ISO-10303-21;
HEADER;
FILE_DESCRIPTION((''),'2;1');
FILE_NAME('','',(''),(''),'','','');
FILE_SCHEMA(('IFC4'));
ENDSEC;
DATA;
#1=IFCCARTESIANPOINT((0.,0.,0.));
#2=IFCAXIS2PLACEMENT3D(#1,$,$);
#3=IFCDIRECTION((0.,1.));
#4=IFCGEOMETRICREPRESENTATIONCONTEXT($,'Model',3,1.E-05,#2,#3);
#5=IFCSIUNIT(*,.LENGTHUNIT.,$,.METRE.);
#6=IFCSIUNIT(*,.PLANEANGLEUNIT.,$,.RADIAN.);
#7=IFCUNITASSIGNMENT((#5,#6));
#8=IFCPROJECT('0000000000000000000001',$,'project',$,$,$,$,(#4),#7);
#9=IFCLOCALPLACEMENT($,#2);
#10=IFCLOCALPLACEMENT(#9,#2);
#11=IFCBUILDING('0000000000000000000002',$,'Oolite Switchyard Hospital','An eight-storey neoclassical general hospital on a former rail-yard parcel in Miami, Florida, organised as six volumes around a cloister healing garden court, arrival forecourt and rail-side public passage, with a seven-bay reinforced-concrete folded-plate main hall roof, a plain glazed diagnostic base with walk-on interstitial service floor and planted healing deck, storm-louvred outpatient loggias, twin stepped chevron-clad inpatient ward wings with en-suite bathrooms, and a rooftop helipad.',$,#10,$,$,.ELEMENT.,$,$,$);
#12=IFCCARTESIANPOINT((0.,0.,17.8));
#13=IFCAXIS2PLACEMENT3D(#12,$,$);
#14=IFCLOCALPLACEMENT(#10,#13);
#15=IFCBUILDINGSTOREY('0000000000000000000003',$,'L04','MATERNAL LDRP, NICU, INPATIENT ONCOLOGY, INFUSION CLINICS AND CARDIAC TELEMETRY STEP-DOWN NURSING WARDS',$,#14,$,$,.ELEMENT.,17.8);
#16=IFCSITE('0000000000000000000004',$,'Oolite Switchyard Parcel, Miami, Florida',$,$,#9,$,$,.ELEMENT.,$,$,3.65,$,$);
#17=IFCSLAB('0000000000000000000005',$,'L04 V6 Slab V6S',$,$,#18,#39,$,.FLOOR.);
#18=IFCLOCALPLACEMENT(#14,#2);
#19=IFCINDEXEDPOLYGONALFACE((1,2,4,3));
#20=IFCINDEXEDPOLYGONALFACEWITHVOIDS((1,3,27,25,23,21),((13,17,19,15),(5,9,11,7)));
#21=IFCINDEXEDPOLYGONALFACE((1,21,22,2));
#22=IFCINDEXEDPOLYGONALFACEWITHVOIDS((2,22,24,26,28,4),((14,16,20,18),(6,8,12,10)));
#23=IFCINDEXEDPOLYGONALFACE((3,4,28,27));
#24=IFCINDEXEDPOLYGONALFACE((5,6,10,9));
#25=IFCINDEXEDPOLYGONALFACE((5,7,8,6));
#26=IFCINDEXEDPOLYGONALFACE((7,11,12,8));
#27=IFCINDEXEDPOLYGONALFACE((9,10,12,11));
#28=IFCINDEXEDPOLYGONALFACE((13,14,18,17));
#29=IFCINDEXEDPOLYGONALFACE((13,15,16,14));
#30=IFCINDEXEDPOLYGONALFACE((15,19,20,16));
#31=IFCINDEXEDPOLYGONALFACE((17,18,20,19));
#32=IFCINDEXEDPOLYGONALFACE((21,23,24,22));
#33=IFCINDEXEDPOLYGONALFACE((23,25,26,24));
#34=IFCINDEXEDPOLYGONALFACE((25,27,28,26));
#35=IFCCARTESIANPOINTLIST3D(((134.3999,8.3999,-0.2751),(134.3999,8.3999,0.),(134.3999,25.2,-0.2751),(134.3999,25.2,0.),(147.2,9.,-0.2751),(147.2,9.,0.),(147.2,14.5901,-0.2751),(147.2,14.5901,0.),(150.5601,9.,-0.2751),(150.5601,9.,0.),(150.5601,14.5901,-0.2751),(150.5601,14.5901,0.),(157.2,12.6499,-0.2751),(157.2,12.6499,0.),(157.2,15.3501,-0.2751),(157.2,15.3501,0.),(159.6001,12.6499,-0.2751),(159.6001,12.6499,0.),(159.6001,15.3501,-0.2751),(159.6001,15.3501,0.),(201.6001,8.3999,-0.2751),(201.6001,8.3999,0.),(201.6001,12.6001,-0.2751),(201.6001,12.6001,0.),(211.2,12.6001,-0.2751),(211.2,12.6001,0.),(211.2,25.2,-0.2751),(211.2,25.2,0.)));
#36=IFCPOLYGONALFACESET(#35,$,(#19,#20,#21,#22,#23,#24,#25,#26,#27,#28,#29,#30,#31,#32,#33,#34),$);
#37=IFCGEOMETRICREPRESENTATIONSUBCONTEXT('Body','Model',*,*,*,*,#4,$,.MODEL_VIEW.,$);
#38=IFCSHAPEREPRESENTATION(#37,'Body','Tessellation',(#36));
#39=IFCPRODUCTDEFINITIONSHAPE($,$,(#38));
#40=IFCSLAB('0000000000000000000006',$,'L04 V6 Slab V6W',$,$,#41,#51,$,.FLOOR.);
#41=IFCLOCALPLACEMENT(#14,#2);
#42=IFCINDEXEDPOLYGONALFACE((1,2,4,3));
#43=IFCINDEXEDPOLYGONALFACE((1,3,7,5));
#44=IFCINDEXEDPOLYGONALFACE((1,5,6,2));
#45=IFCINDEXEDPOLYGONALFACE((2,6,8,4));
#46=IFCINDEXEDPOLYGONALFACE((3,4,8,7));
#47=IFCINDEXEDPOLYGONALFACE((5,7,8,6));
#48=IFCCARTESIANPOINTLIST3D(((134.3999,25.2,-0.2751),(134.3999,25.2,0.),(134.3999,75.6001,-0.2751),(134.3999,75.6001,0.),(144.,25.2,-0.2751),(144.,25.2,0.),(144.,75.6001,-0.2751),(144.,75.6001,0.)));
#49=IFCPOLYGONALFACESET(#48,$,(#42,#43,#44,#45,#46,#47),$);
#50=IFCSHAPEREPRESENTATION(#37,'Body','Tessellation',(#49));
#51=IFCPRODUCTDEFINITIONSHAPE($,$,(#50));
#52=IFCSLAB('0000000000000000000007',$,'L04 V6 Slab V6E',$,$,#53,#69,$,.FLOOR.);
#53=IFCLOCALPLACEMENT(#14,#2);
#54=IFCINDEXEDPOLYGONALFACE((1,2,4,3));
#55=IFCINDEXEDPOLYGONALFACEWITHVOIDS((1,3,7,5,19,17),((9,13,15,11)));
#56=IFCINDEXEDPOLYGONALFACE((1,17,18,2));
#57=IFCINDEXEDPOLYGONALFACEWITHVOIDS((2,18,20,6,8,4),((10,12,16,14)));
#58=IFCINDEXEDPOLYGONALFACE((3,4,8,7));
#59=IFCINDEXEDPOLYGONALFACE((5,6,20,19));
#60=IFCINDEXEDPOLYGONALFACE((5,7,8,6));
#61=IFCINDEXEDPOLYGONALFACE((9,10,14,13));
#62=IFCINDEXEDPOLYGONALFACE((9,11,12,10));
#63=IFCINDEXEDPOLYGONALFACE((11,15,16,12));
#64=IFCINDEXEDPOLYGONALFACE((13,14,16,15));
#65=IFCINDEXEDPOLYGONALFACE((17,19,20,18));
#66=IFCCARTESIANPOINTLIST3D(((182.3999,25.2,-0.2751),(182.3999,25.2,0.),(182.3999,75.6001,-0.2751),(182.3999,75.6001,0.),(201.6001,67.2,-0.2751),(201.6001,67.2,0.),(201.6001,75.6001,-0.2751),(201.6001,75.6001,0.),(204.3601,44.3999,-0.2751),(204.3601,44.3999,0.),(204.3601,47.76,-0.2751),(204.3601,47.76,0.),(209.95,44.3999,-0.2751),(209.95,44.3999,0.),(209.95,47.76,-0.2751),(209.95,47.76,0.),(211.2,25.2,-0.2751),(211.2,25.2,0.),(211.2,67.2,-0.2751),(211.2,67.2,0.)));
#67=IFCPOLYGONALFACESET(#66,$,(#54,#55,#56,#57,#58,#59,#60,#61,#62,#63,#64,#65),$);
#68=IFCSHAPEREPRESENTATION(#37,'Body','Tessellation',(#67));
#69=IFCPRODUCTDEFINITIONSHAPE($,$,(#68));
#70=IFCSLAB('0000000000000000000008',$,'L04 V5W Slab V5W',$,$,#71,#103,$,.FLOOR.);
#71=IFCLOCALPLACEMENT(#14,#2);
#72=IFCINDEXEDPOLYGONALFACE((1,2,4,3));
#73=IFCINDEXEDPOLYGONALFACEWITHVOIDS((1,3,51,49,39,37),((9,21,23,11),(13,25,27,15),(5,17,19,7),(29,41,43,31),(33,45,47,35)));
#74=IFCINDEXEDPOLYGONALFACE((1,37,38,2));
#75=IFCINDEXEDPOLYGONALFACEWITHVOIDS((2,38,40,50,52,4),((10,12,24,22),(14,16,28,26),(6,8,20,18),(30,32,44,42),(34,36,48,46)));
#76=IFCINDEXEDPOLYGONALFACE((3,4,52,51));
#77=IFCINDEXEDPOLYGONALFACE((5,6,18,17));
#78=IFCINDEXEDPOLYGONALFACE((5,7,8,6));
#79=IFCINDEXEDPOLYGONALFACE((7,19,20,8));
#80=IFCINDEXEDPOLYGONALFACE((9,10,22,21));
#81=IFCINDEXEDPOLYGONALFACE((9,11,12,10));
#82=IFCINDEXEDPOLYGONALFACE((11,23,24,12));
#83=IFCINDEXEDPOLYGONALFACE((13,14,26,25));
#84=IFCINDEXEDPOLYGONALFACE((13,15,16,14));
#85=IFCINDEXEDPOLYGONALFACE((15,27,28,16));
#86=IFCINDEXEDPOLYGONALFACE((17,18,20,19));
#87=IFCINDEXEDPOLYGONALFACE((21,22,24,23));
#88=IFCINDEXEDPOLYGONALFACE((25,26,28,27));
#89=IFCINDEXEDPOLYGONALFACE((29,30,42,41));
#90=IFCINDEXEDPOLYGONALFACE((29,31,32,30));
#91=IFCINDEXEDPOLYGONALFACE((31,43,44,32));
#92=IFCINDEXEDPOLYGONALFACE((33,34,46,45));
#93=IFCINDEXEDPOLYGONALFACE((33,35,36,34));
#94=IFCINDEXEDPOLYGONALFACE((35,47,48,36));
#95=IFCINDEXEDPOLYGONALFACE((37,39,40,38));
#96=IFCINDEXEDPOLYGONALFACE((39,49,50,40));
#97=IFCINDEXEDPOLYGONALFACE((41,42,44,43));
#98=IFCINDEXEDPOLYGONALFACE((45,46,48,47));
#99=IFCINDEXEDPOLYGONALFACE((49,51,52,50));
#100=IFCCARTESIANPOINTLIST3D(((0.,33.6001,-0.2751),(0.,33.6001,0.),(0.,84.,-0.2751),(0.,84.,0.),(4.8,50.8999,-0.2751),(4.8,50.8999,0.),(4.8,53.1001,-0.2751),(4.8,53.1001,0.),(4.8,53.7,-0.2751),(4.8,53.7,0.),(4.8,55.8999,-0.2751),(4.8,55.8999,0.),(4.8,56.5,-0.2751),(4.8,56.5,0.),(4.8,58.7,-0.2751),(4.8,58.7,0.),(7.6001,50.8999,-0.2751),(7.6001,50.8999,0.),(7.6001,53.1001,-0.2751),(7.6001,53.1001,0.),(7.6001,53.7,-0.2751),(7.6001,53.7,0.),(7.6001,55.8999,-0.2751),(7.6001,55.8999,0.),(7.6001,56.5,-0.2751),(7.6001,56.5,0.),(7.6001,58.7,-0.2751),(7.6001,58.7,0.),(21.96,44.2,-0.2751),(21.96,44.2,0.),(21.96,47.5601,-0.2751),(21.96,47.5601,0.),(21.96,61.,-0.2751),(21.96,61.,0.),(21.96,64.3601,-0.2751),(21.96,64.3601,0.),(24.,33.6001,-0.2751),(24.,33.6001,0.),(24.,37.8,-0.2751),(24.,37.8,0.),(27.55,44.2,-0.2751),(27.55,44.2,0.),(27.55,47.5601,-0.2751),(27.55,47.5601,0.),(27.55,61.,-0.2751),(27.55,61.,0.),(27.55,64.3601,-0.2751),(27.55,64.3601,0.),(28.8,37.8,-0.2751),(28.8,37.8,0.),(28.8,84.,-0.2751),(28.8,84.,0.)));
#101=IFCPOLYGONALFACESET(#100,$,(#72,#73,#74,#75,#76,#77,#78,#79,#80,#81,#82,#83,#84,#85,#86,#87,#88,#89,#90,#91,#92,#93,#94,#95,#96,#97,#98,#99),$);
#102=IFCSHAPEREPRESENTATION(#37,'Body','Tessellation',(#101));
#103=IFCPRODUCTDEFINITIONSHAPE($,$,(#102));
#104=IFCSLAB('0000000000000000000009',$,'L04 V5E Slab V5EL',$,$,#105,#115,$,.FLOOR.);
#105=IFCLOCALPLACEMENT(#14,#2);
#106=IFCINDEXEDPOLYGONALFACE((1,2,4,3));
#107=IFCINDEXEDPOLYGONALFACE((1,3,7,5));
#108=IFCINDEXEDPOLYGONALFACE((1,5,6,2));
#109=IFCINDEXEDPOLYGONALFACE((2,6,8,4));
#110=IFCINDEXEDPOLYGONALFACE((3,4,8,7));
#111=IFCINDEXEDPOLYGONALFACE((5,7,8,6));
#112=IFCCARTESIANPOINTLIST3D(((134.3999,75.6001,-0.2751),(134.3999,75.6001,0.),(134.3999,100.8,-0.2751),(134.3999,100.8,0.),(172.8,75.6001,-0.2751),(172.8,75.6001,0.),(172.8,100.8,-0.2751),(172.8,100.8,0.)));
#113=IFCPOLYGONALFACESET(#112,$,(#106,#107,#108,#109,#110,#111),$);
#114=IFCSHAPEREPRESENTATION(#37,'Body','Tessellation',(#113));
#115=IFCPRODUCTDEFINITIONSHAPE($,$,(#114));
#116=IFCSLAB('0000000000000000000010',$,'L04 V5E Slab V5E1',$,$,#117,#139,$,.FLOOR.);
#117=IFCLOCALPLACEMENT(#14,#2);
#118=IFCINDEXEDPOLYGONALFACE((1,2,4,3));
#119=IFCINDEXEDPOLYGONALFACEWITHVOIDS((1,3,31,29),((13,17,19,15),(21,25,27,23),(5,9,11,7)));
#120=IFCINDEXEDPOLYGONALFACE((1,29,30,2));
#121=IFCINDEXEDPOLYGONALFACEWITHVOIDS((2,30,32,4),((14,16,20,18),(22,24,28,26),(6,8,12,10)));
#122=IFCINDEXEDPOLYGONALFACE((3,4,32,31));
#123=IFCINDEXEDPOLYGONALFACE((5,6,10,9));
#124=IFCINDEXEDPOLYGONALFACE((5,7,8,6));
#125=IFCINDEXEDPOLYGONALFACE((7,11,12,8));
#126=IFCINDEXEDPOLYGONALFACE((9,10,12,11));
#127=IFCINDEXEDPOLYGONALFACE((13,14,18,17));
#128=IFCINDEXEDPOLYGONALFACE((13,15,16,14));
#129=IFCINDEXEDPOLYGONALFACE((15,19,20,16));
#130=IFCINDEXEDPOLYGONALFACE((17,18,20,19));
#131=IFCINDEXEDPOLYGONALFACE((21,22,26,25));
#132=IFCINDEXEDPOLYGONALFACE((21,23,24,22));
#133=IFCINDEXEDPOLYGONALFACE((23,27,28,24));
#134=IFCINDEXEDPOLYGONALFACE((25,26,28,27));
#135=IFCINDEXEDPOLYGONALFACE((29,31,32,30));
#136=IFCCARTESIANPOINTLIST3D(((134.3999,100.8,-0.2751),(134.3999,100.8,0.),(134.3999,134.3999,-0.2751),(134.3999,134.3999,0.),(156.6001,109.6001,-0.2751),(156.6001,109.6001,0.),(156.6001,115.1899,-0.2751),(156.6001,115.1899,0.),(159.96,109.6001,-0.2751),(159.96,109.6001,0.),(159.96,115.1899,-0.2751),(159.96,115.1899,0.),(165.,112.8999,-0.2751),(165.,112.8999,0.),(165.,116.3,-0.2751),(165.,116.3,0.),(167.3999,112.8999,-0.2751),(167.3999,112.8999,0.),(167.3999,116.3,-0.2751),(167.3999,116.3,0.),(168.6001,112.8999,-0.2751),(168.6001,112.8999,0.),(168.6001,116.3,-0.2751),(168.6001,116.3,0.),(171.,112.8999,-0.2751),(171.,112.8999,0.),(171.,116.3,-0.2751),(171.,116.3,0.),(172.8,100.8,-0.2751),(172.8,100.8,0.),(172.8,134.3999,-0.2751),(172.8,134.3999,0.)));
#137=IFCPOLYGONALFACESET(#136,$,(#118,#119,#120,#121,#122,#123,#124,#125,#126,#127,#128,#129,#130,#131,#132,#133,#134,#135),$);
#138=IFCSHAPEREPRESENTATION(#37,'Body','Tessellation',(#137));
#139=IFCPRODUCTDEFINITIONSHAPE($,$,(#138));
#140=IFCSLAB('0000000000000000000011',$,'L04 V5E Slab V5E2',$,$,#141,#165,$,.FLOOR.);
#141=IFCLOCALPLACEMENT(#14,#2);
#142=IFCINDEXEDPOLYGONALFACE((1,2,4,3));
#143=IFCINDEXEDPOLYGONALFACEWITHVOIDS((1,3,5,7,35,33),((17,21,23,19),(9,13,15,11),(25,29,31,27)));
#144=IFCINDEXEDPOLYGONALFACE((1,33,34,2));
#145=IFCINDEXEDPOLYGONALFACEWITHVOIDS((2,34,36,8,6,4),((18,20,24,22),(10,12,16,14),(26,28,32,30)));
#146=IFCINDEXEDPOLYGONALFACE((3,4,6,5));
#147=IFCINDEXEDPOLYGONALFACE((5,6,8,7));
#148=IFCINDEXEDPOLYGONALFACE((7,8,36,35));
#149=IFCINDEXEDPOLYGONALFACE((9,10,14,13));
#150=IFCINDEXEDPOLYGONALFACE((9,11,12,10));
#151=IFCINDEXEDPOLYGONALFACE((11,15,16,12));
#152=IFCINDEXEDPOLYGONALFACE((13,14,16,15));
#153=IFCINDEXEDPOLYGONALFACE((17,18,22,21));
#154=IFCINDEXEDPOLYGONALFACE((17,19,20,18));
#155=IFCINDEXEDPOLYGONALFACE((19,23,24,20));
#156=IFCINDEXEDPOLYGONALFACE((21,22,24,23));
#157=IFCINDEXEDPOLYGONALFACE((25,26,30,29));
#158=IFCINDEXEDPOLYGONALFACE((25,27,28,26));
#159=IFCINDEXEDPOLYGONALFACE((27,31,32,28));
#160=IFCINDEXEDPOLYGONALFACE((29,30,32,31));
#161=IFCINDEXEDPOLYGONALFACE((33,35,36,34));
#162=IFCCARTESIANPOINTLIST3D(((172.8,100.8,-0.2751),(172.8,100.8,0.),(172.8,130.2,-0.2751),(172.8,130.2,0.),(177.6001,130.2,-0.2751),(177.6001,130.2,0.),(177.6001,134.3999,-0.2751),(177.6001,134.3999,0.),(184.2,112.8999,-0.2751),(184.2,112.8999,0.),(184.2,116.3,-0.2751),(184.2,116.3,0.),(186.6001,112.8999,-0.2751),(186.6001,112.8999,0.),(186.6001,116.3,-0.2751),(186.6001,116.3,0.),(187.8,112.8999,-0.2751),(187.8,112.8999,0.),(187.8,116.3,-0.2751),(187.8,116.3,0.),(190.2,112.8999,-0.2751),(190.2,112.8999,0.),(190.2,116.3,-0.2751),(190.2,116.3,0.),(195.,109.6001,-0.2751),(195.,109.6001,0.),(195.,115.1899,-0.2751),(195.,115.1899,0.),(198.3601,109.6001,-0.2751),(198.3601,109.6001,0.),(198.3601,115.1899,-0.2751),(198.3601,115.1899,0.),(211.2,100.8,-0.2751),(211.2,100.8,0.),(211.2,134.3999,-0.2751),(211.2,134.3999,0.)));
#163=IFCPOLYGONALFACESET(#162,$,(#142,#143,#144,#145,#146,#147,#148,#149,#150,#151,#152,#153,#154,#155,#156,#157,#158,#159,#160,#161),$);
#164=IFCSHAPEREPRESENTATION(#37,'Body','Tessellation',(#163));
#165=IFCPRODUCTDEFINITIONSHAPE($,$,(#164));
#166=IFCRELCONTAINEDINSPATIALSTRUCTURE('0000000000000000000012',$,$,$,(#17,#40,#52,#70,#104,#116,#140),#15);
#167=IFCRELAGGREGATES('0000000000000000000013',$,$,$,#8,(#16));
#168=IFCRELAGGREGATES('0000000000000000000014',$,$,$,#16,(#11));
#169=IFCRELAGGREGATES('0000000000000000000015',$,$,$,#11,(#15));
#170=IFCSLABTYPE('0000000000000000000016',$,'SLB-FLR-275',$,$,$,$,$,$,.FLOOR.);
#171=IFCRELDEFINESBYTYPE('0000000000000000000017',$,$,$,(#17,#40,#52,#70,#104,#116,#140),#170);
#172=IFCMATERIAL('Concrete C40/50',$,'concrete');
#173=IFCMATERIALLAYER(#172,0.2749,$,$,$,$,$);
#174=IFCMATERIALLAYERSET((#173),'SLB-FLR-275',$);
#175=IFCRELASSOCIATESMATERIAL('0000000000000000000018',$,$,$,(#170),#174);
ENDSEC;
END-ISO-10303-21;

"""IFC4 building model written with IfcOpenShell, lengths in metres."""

from ifc_helpers import new_model, si_unit, direction, frame, origin, place, context, subcontext, project, spatial, polyline, outline, extrude, material, layer, layer_set, type_object, element, save


model = new_model("IFC4")

# Units and contexts
model_context = context("Model", 3, precision=1e-05, world=origin(), true_north=direction((0.0, 1.0)))
body_context = subcontext(model_context, "Body", "Model", "MODEL_VIEW")
ifc_project = project(units=[si_unit("LENGTHUNIT", "METRE"), si_unit("PLANEANGLEUNIT", "RADIAN")], contexts=[model_context])

# Site, building, storey
site_placement = place(None, origin())
site = spatial("IfcSite", under=ifc_project, at=site_placement, Name="Oolite Switchyard Parcel, Miami, Florida", CompositionType="ELEMENT", RefElevation=3.65)
building_placement = place(site_placement, origin())
building = spatial("IfcBuilding", under=site, at=building_placement, Name="Oolite Switchyard Hospital", Description="An eight-storey neoclassical general hospital on a former rail-yard parcel in Miami, Florida, organised as six volumes around a cloister healing garden court, arrival forecourt and rail-side public passage, with a seven-bay reinforced-concrete folded-plate main hall roof, a plain glazed diagnostic base with walk-on interstitial service floor and planted healing deck, storm-louvred outpatient loggias, twin stepped chevron-clad inpatient ward wings with en-suite bathrooms, and a rooftop helipad.", CompositionType="ELEMENT")
storey_placement = place(building_placement, frame((0.0, 0.0, 17.8)))
storey = spatial("IfcBuildingStorey", under=building, at=storey_placement, Name="L04", Description="MATERNAL LDRP, NICU, INPATIENT ONCOLOGY, INFUSION CLINICS AND CARDIAC TELEMETRY STEP-DOWN NURSING WARDS", CompositionType="ELEMENT", Elevation=17.8)

# Slabs
ifc_material_1 = material(Name="Concrete C40/50", Category="concrete")
ifc_layer_1 = layer(ifc_material_1, 0.2749)
ifc_layer_set_1 = layer_set([ifc_layer_1], Name="SLB-FLR-275")
slab_type_1 = type_object("IfcSlabType", Name="SLB-FLR-275", PredefinedType="FLOOR", material=ifc_layer_set_1)
slab_1_placement = place(storey_placement, frame((0.0, 0.0, -0.2751)))
element("IfcSlab", 1, at=slab_1_placement, inside=storey, type_object=slab_type_1, Name="L04 V6 Slab V6S", PredefinedType="FLOOR", context=body_context, shape_type="SweptSolid", body=[
    extrude(outline(polyline([(134.3999, 8.3999), (201.6001, 8.3999), (201.6001, 12.6001), (211.2, 12.6001), (211.2, 25.2), (134.3999, 25.2), (134.3999, 8.3999)]), holes=[polyline([(147.2, 14.5901), (147.2, 9.0), (150.5601, 9.0), (150.5601, 14.5901), (147.2, 14.5901)]), polyline([(157.2, 12.6499), (159.6001, 12.6499), (159.6001, 15.3501), (157.2, 15.3501), (157.2, 12.6499)])]), origin(), (0.0, 0.0, 1.0), 0.2751),
])
slab_2_placement = place(storey_placement, frame((0.0, 0.0, -0.2751)))
element("IfcSlab", 2, at=slab_2_placement, inside=storey, type_object=slab_type_1, Name="L04 V6 Slab V6W", PredefinedType="FLOOR", context=body_context, shape_type="SweptSolid", body=[
    extrude(outline(polyline([(134.3999, 25.2), (144.0, 25.2), (144.0, 75.6001), (134.3999, 75.6001), (134.3999, 25.2)])), origin(), (0.0, 0.0, 1.0), 0.2751),
])
slab_3_placement = place(storey_placement, frame((0.0, 0.0, -0.2751)))
element("IfcSlab", 3, at=slab_3_placement, inside=storey, type_object=slab_type_1, Name="L04 V6 Slab V6E", PredefinedType="FLOOR", context=body_context, shape_type="SweptSolid", body=[
    extrude(outline(polyline([(182.3999, 25.2), (211.2, 25.2), (211.2, 67.2), (201.6001, 67.2), (201.6001, 75.6001), (182.3999, 75.6001), (182.3999, 25.2)]), holes=[polyline([(204.3601, 44.3999), (209.95, 44.3999), (209.95, 47.76), (204.3601, 47.76), (204.3601, 44.3999)])]), origin(), (0.0, 0.0, 1.0), 0.2751),
])
slab_4_placement = place(storey_placement, frame((0.0, 0.0, -0.2751)))
element("IfcSlab", 4, at=slab_4_placement, inside=storey, type_object=slab_type_1, Name="L04 V5W Slab V5W", PredefinedType="FLOOR", context=body_context, shape_type="SweptSolid", body=[
    extrude(outline(polyline([(0.0, 33.6001), (24.0, 33.6001), (24.0, 37.8), (28.8, 37.8), (28.8, 84.0), (0.0, 84.0), (0.0, 33.6001)]), holes=[polyline([(21.96, 44.2), (27.55, 44.2), (27.55, 47.5601), (21.96, 47.5601), (21.96, 44.2)]), polyline([(21.96, 61.0), (27.55, 61.0), (27.55, 64.3601), (21.96, 64.3601), (21.96, 61.0)]), polyline([(4.8, 50.8999), (7.6001, 50.8999), (7.6001, 53.1001), (4.8, 53.1001), (4.8, 50.8999)]), polyline([(4.8, 53.7), (7.6001, 53.7), (7.6001, 55.8999), (4.8, 55.8999), (4.8, 53.7)]), polyline([(4.8, 56.5), (7.6001, 56.5), (7.6001, 58.7), (4.8, 58.7), (4.8, 56.5)])]), origin(), (0.0, 0.0, 1.0), 0.2751),
])
slab_5_placement = place(storey_placement, frame((0.0, 0.0, -0.2751)))
element("IfcSlab", 5, at=slab_5_placement, inside=storey, type_object=slab_type_1, Name="L04 V5E Slab V5EL", PredefinedType="FLOOR", context=body_context, shape_type="SweptSolid", body=[
    extrude(outline(polyline([(134.3999, 75.6001), (172.8, 75.6001), (172.8, 100.8), (134.3999, 100.8), (134.3999, 75.6001)])), origin(), (0.0, 0.0, 1.0), 0.2751),
])
slab_6_placement = place(storey_placement, frame((0.0, 0.0, -0.2751)))
element("IfcSlab", 6, at=slab_6_placement, inside=storey, type_object=slab_type_1, Name="L04 V5E Slab V5E1", PredefinedType="FLOOR", context=body_context, shape_type="SweptSolid", body=[
    extrude(outline(polyline([(134.3999, 100.8), (172.8, 100.8), (172.8, 134.3999), (134.3999, 134.3999), (134.3999, 100.8)]), holes=[polyline([(156.6001, 115.1899), (156.6001, 109.6001), (159.96, 109.6001), (159.96, 115.1899), (156.6001, 115.1899)]), polyline([(165.0, 112.8999), (167.3999, 112.8999), (167.3999, 116.3), (165.0, 116.3), (165.0, 112.8999)]), polyline([(168.6001, 112.8999), (171.0, 112.8999), (171.0, 116.3), (168.6001, 116.3), (168.6001, 112.8999)])]), origin(), (0.0, 0.0, 1.0), 0.2751),
])
slab_7_placement = place(storey_placement, frame((0.0, 0.0, -0.2751)))
element("IfcSlab", 7, at=slab_7_placement, inside=storey, type_object=slab_type_1, Name="L04 V5E Slab V5E2", PredefinedType="FLOOR", context=body_context, shape_type="SweptSolid", body=[
    extrude(outline(polyline([(172.8, 100.8), (211.2, 100.8), (211.2, 134.3999), (177.6001, 134.3999), (177.6001, 130.2), (172.8, 130.2), (172.8, 100.8)]), holes=[polyline([(195.0, 115.1899), (195.0, 109.6001), (198.3601, 109.6001), (198.3601, 115.1899), (195.0, 115.1899)]), polyline([(184.2, 112.8999), (186.6001, 112.8999), (186.6001, 116.3), (184.2, 116.3), (184.2, 112.8999)]), polyline([(187.8, 112.8999), (190.2, 112.8999), (190.2, 116.3), (187.8, 116.3), (187.8, 112.8999)])]), origin(), (0.0, 0.0, 1.0), 0.2751),
])

save(model, "model.ifc")
